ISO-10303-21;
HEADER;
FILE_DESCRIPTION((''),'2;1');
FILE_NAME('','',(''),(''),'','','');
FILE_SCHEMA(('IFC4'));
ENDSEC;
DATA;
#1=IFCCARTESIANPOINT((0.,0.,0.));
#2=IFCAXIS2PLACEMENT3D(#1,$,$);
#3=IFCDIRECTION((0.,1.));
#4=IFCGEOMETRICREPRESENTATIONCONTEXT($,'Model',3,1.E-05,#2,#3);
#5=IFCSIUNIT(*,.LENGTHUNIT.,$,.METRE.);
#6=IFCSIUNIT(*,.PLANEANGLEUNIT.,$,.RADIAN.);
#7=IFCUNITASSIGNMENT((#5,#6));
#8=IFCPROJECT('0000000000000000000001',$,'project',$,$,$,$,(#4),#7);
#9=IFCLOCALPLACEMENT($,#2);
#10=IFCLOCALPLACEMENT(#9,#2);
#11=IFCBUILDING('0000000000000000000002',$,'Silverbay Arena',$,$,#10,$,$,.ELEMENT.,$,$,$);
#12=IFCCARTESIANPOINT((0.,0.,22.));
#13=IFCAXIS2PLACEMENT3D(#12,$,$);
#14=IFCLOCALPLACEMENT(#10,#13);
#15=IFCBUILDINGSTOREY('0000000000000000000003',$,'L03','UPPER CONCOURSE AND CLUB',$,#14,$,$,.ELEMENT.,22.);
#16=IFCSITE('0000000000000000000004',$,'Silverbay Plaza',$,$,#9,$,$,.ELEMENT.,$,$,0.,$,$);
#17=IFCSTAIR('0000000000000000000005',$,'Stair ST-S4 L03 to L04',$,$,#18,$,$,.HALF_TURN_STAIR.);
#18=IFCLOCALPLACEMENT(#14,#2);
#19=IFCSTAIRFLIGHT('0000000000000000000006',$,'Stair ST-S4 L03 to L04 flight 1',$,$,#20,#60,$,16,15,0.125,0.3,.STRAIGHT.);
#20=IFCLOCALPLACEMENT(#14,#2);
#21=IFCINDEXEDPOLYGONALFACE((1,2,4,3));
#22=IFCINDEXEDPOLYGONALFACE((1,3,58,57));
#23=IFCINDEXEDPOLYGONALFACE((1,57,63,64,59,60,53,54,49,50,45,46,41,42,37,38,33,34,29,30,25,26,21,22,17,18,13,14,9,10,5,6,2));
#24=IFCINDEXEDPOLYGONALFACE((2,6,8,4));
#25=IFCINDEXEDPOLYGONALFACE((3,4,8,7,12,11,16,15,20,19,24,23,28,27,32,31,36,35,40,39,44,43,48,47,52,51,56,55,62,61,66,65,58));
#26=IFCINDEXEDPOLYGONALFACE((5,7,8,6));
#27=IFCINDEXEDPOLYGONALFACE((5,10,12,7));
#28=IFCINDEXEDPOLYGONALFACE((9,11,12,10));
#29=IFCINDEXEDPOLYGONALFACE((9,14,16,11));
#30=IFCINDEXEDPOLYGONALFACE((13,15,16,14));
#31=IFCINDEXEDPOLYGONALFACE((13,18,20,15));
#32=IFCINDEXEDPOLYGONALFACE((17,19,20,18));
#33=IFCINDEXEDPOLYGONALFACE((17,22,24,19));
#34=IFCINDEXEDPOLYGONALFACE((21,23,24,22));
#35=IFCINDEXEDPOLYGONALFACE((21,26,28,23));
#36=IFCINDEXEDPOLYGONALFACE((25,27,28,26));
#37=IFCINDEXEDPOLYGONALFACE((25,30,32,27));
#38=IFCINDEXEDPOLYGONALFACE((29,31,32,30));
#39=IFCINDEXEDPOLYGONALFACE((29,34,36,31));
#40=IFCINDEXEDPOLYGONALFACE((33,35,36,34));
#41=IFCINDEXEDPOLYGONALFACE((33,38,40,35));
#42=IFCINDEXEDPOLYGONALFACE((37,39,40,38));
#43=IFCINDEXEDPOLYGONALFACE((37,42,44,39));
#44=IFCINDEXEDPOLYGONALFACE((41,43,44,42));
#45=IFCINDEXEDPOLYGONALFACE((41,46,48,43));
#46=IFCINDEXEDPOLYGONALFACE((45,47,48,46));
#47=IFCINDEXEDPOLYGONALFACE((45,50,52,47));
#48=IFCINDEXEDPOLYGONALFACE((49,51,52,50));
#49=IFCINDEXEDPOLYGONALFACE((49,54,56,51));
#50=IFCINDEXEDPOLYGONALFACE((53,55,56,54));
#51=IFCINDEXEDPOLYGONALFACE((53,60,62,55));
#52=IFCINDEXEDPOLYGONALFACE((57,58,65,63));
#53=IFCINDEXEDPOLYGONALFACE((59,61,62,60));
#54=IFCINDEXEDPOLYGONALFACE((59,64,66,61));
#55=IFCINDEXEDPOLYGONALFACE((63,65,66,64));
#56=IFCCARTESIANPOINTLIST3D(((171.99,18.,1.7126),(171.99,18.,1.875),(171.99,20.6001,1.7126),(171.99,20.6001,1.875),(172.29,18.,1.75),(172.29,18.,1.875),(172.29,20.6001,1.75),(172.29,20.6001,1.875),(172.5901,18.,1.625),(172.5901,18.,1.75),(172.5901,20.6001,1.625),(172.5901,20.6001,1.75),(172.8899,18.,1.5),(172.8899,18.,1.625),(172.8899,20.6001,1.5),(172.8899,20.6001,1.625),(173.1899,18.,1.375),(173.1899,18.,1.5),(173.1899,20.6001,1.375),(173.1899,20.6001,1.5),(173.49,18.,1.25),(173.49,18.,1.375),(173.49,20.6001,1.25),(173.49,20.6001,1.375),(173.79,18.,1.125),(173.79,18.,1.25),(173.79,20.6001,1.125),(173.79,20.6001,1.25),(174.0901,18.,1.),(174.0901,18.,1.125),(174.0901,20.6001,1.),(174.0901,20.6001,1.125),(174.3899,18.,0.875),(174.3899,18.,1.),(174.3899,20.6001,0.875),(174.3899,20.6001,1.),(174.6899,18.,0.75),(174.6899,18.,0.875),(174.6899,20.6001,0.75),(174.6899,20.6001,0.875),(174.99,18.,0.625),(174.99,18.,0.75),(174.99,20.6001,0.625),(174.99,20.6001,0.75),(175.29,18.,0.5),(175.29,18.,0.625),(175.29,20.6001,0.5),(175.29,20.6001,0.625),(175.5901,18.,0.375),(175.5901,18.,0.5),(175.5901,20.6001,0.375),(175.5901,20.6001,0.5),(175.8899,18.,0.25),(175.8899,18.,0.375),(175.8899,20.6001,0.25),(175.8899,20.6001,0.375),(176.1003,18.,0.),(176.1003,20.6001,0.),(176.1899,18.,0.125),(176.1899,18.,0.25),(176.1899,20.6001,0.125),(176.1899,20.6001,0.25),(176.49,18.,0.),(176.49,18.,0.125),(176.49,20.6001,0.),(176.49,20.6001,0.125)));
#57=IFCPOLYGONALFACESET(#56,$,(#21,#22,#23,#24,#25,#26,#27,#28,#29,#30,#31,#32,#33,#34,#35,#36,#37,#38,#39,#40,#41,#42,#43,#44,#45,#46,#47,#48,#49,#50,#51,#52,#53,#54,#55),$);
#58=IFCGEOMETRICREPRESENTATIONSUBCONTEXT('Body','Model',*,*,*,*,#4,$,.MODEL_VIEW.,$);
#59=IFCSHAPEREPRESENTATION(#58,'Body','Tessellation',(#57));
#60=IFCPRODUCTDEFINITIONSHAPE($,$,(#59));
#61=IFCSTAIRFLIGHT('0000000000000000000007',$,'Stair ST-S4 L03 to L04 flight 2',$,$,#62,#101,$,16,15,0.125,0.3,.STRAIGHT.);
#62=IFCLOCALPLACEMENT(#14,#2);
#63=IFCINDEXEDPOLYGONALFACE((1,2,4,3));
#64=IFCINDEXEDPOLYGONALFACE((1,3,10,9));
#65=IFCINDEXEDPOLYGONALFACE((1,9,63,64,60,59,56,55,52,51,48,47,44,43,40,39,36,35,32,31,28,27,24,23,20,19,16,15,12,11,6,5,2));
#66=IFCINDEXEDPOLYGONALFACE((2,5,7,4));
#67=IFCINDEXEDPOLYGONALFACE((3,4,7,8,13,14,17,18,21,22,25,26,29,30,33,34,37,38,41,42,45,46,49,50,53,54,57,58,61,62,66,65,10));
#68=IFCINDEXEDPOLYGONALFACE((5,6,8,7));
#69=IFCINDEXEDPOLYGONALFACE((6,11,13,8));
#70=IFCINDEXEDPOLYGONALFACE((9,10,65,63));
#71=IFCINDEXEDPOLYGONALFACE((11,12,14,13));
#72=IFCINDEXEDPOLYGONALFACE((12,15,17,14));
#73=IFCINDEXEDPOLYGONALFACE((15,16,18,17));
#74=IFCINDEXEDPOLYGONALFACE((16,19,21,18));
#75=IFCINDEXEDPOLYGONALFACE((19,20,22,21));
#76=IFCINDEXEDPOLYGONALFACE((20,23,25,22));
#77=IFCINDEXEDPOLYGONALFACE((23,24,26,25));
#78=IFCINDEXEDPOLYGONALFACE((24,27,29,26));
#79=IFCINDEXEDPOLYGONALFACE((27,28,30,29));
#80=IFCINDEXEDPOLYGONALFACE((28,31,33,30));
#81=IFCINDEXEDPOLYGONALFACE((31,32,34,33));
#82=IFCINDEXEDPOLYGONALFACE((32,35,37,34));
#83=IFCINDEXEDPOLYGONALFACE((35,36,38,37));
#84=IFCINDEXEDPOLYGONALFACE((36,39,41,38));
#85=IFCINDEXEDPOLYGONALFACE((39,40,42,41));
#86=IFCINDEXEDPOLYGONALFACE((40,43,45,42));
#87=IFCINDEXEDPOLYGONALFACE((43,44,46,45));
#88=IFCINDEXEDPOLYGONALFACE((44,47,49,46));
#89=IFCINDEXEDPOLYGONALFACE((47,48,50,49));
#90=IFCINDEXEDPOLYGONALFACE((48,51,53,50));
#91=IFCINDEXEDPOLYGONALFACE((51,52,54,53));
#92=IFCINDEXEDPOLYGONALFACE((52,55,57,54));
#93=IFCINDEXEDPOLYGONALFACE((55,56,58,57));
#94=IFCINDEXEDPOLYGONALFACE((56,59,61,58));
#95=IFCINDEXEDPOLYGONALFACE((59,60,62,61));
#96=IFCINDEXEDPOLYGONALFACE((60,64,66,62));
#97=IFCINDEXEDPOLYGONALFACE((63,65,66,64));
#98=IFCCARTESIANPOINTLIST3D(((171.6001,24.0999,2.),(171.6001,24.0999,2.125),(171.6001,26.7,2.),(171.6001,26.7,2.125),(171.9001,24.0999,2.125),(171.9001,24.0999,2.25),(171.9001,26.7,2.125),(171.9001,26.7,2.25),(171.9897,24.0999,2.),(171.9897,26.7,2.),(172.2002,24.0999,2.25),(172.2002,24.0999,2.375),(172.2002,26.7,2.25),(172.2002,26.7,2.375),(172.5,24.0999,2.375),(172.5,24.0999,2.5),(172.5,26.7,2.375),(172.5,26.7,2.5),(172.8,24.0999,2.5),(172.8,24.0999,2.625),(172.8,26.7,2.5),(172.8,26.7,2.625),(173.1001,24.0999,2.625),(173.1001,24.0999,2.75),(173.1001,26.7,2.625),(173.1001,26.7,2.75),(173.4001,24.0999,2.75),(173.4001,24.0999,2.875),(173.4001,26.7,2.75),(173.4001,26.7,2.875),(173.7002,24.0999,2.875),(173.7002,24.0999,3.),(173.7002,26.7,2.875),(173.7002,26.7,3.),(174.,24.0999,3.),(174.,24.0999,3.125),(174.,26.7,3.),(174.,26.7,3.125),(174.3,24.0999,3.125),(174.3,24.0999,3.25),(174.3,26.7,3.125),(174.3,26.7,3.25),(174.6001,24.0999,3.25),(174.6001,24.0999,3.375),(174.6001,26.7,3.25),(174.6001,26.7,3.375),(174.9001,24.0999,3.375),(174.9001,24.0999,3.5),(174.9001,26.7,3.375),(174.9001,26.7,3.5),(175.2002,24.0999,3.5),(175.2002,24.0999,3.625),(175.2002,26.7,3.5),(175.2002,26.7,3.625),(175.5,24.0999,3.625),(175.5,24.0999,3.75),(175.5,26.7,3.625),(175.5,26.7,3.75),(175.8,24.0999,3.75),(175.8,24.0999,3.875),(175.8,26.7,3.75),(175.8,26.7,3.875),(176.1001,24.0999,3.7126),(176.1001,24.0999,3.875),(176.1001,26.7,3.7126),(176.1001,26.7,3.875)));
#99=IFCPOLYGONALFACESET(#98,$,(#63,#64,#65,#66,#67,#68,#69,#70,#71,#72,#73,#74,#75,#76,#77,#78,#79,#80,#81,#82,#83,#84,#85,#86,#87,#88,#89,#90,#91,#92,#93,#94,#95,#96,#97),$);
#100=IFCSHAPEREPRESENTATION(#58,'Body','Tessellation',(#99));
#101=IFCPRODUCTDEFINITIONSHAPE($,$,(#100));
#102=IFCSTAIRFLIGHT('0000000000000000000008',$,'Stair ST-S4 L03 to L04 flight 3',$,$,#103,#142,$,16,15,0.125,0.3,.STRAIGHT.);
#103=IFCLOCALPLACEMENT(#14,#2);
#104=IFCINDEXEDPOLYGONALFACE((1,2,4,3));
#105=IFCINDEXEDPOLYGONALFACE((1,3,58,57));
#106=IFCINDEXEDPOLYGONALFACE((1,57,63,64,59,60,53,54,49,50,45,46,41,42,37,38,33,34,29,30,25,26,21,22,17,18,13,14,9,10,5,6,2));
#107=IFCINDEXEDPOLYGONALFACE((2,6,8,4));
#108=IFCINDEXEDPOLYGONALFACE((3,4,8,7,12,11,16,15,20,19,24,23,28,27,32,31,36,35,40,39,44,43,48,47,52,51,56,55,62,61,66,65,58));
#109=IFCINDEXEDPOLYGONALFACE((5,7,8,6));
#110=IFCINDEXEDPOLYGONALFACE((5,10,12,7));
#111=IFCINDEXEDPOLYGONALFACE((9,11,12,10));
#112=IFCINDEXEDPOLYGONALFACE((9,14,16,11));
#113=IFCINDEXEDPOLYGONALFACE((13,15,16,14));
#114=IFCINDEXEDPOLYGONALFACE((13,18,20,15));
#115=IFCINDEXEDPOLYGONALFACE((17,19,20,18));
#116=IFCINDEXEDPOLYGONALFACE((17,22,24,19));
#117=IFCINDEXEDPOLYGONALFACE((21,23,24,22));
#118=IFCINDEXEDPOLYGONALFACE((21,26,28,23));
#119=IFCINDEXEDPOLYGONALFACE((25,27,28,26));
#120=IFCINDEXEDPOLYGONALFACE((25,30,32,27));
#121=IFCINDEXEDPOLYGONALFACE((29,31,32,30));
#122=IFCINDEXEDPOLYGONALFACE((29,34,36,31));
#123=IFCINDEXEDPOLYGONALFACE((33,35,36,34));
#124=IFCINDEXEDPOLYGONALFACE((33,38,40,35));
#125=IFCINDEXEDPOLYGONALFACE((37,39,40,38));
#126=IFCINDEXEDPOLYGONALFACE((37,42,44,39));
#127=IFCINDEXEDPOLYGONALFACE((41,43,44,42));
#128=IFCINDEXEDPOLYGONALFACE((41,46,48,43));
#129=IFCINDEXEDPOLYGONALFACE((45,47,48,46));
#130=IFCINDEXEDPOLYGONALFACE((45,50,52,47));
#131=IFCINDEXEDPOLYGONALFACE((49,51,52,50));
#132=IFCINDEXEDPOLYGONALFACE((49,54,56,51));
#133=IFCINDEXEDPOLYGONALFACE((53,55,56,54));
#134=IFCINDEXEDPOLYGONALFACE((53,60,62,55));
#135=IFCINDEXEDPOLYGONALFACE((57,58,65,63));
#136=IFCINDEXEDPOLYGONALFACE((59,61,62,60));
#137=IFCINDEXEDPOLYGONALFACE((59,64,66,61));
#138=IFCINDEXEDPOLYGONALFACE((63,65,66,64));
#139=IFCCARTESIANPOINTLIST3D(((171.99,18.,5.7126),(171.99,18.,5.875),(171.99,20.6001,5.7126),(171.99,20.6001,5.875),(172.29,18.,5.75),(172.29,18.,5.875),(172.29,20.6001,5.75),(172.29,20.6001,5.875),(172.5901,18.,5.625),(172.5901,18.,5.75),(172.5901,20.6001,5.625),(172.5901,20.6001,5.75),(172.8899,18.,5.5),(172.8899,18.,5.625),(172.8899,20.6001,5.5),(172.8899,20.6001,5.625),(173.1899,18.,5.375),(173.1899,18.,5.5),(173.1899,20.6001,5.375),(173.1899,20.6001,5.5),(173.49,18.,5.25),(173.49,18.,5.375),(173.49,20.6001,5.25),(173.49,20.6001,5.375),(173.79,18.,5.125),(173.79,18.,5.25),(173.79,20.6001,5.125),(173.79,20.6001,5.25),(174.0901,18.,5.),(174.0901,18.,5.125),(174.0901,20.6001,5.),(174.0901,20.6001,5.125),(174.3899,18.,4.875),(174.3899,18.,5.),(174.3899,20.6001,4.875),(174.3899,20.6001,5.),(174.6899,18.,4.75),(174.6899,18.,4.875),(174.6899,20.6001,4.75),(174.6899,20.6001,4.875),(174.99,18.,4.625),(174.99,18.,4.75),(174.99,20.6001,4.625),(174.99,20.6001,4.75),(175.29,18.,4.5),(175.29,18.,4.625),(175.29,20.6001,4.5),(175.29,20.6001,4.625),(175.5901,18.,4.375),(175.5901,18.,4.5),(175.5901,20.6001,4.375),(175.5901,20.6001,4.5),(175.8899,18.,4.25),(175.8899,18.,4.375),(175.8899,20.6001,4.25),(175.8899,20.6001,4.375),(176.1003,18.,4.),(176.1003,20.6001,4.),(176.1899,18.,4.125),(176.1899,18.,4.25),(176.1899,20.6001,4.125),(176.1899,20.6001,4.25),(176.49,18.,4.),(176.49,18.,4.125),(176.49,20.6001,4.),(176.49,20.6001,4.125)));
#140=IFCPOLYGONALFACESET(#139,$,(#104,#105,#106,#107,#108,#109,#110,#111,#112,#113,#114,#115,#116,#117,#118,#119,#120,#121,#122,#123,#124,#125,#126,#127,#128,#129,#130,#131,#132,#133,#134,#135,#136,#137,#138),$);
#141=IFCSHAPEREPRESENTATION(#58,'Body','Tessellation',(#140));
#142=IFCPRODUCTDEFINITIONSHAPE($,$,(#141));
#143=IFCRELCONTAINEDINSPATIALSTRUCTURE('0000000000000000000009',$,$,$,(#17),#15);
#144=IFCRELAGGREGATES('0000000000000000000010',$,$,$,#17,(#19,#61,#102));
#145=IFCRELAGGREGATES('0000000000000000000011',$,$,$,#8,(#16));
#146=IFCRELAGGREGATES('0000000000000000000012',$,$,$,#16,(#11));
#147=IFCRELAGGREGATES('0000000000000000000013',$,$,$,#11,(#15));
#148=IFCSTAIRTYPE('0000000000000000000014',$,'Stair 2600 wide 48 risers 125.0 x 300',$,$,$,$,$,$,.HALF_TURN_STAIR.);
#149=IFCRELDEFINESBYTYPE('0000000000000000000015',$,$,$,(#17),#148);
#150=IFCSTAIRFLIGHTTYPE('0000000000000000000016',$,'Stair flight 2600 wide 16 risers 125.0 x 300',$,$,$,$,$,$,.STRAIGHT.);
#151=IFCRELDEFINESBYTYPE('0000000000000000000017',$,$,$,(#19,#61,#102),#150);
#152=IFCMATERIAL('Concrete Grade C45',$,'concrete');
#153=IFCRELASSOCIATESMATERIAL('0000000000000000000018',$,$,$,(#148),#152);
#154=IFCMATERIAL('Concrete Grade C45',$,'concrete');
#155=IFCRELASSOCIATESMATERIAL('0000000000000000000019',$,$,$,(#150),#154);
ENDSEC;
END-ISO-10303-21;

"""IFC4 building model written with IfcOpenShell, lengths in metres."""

from ifc_helpers import new_model, si_unit, direction, frame, origin, place, context, subcontext, project, spatial, polyline, outline, extrude, material, type_object, element, aggregate, save


model = new_model("IFC4")

# Units and contexts
model_context = context("Model", 3, precision=1e-05, world=origin(), true_north=direction((0.0, 1.0)))
body_context = subcontext(model_context, "Body", "Model", "MODEL_VIEW")
ifc_project = project(units=[si_unit("LENGTHUNIT", "METRE"), si_unit("PLANEANGLEUNIT", "RADIAN")], contexts=[model_context])

# Site, building, storey
site_placement = place(None, origin())
site = spatial("IfcSite", under=ifc_project, at=site_placement, Name="Silverbay Plaza", CompositionType="ELEMENT", RefElevation=0.0)
building_placement = place(site_placement, origin())
building = spatial("IfcBuilding", under=site, at=building_placement, Name="Silverbay Arena", CompositionType="ELEMENT")
storey_placement = place(building_placement, frame((0.0, 0.0, 22.0)))
storey = spatial("IfcBuildingStorey", under=building, at=storey_placement, Name="L03", Description="UPPER CONCOURSE AND CLUB", CompositionType="ELEMENT", Elevation=22.0)

# Stair, stair flights
ifc_material_1 = material(Name="Concrete Grade C45", Category="concrete")
stair_type = type_object("IfcStairType", Name="Stair 2600 wide 48 risers 125.0 x 300", PredefinedType="HALF_TURN_STAIR", material=ifc_material_1)
stair_placement = place(storey_placement, origin())
stair = element("IfcStair", 1, at=stair_placement, inside=storey, type_object=stair_type, Name="Stair ST-S4 L03 to L04", PredefinedType="HALF_TURN_STAIR")
ifc_material_2 = material(Name="Concrete Grade C45", Category="concrete")
stair_flight_type = type_object("IfcStairFlightType", Name="Stair flight 2600 wide 16 risers 125.0 x 300", PredefinedType="STRAIGHT", material=ifc_material_2)
stair_flight_1_placement = place(storey_placement, frame((176.49, 19.3, 0.0), z_axis=(0.0, 0.0, 1.0), x_axis=(-1.0, 0.0, 0.0)))
stair_flight_1 = element("IfcStairFlight", 2, at=stair_flight_1_placement, type_object=stair_flight_type, Name="Stair ST-S4 L03 to L04 flight 1", NumberOfRisers=16, NumberOfTreads=15, PredefinedType="STRAIGHT", RiserHeight=0.125, TreadLength=0.3, context=body_context, shape_type="SweptSolid", body=[
    extrude(outline(polyline([(0.0, 0.0), (0.0, 0.125), (0.3, 0.125), (0.3, 0.25), (0.6001, 0.25), (0.6001, 0.375), (0.8999, 0.375), (0.8999, 0.5), (1.2, 0.5), (1.2, 0.625), (1.5, 0.625), (1.5, 0.75), (1.8, 0.75), (1.8, 0.875), (2.1001, 0.875), (2.1001, 1.0), (2.3999, 1.0), (2.3999, 1.125), (2.7, 1.125), (2.7, 1.25), (3.0, 1.25), (3.0, 1.375), (3.3, 1.375), (3.3, 1.5), (3.6001, 1.5), (3.6001, 1.625), (3.8999, 1.625), (3.8999, 1.75), (4.2, 1.75), (4.2, 1.875), (4.5, 1.875), (4.5, 1.7126), (0.3896, 0.0), (0.0, 0.0)])), frame((0.0, 1.3, 0.0), z_axis=(0.0, -1.0, 0.0), x_axis=(1.0, 0.0, 0.0)), (0.0, 0.0, 1.0), 2.6001),
])
stair_flight_2_placement = place(storey_placement, frame((171.6001, 25.3999, 2.0), z_axis=(0.0, 0.0, 1.0), x_axis=(1.0, 0.0, 0.0)))
stair_flight_2 = element("IfcStairFlight", 3, at=stair_flight_2_placement, type_object=stair_flight_type, Name="Stair ST-S4 L03 to L04 flight 2", NumberOfRisers=16, NumberOfTreads=15, PredefinedType="STRAIGHT", RiserHeight=0.125, TreadLength=0.3, context=body_context, shape_type="SweptSolid", body=[
    extrude(outline(polyline([(0.0, 0.0), (0.0, 0.125), (0.3, 0.125), (0.3, 0.25), (0.6001, 0.25), (0.6001, 0.375), (0.8999, 0.375), (0.8999, 0.5), (1.2, 0.5), (1.2, 0.625), (1.5, 0.625), (1.5, 0.75), (1.8, 0.75), (1.8, 0.875), (2.1001, 0.875), (2.1001, 1.0), (2.3999, 1.0), (2.3999, 1.125), (2.7, 1.125), (2.7, 1.25), (3.0, 1.25), (3.0, 1.375), (3.3, 1.375), (3.3, 1.5), (3.6001, 1.5), (3.6001, 1.625), (3.8999, 1.625), (3.8999, 1.75), (4.2, 1.75), (4.2, 1.875), (4.5, 1.875), (4.5, 1.7126), (0.3896, 0.0), (0.0, 0.0)])), frame((0.0, 1.3, 0.0), z_axis=(0.0, -1.0, 0.0), x_axis=(1.0, 0.0, 0.0)), (0.0, 0.0, 1.0), 2.6001),
])
stair_flight_3_placement = place(storey_placement, frame((176.49, 19.3, 4.0), z_axis=(0.0, 0.0, 1.0), x_axis=(-1.0, 0.0, 0.0)))
stair_flight_3 = element("IfcStairFlight", 4, at=stair_flight_3_placement, type_object=stair_flight_type, Name="Stair ST-S4 L03 to L04 flight 3", NumberOfRisers=16, NumberOfTreads=15, PredefinedType="STRAIGHT", RiserHeight=0.125, TreadLength=0.3, context=body_context, shape_type="SweptSolid", body=[
    extrude(outline(polyline([(0.0, 0.0), (0.0, 0.125), (0.3, 0.125), (0.3, 0.25), (0.6001, 0.25), (0.6001, 0.375), (0.8999, 0.375), (0.8999, 0.5), (1.2, 0.5), (1.2, 0.625), (1.5, 0.625), (1.5, 0.75), (1.8, 0.75), (1.8, 0.875), (2.1001, 0.875), (2.1001, 1.0), (2.3999, 1.0), (2.3999, 1.125), (2.7, 1.125), (2.7, 1.25), (3.0, 1.25), (3.0, 1.375), (3.3, 1.375), (3.3, 1.5), (3.6001, 1.5), (3.6001, 1.625), (3.8999, 1.625), (3.8999, 1.75), (4.2, 1.75), (4.2, 1.875), (4.5, 1.875), (4.5, 1.7126), (0.3896, 0.0), (0.0, 0.0)])), frame((0.0, 1.3, 0.0), z_axis=(0.0, -1.0, 0.0), x_axis=(1.0, 0.0, 0.0)), (0.0, 0.0, 1.0), 2.6001),
])
aggregate(stair, [stair_flight_1, stair_flight_2, stair_flight_3])

save(model, "model.ifc")
